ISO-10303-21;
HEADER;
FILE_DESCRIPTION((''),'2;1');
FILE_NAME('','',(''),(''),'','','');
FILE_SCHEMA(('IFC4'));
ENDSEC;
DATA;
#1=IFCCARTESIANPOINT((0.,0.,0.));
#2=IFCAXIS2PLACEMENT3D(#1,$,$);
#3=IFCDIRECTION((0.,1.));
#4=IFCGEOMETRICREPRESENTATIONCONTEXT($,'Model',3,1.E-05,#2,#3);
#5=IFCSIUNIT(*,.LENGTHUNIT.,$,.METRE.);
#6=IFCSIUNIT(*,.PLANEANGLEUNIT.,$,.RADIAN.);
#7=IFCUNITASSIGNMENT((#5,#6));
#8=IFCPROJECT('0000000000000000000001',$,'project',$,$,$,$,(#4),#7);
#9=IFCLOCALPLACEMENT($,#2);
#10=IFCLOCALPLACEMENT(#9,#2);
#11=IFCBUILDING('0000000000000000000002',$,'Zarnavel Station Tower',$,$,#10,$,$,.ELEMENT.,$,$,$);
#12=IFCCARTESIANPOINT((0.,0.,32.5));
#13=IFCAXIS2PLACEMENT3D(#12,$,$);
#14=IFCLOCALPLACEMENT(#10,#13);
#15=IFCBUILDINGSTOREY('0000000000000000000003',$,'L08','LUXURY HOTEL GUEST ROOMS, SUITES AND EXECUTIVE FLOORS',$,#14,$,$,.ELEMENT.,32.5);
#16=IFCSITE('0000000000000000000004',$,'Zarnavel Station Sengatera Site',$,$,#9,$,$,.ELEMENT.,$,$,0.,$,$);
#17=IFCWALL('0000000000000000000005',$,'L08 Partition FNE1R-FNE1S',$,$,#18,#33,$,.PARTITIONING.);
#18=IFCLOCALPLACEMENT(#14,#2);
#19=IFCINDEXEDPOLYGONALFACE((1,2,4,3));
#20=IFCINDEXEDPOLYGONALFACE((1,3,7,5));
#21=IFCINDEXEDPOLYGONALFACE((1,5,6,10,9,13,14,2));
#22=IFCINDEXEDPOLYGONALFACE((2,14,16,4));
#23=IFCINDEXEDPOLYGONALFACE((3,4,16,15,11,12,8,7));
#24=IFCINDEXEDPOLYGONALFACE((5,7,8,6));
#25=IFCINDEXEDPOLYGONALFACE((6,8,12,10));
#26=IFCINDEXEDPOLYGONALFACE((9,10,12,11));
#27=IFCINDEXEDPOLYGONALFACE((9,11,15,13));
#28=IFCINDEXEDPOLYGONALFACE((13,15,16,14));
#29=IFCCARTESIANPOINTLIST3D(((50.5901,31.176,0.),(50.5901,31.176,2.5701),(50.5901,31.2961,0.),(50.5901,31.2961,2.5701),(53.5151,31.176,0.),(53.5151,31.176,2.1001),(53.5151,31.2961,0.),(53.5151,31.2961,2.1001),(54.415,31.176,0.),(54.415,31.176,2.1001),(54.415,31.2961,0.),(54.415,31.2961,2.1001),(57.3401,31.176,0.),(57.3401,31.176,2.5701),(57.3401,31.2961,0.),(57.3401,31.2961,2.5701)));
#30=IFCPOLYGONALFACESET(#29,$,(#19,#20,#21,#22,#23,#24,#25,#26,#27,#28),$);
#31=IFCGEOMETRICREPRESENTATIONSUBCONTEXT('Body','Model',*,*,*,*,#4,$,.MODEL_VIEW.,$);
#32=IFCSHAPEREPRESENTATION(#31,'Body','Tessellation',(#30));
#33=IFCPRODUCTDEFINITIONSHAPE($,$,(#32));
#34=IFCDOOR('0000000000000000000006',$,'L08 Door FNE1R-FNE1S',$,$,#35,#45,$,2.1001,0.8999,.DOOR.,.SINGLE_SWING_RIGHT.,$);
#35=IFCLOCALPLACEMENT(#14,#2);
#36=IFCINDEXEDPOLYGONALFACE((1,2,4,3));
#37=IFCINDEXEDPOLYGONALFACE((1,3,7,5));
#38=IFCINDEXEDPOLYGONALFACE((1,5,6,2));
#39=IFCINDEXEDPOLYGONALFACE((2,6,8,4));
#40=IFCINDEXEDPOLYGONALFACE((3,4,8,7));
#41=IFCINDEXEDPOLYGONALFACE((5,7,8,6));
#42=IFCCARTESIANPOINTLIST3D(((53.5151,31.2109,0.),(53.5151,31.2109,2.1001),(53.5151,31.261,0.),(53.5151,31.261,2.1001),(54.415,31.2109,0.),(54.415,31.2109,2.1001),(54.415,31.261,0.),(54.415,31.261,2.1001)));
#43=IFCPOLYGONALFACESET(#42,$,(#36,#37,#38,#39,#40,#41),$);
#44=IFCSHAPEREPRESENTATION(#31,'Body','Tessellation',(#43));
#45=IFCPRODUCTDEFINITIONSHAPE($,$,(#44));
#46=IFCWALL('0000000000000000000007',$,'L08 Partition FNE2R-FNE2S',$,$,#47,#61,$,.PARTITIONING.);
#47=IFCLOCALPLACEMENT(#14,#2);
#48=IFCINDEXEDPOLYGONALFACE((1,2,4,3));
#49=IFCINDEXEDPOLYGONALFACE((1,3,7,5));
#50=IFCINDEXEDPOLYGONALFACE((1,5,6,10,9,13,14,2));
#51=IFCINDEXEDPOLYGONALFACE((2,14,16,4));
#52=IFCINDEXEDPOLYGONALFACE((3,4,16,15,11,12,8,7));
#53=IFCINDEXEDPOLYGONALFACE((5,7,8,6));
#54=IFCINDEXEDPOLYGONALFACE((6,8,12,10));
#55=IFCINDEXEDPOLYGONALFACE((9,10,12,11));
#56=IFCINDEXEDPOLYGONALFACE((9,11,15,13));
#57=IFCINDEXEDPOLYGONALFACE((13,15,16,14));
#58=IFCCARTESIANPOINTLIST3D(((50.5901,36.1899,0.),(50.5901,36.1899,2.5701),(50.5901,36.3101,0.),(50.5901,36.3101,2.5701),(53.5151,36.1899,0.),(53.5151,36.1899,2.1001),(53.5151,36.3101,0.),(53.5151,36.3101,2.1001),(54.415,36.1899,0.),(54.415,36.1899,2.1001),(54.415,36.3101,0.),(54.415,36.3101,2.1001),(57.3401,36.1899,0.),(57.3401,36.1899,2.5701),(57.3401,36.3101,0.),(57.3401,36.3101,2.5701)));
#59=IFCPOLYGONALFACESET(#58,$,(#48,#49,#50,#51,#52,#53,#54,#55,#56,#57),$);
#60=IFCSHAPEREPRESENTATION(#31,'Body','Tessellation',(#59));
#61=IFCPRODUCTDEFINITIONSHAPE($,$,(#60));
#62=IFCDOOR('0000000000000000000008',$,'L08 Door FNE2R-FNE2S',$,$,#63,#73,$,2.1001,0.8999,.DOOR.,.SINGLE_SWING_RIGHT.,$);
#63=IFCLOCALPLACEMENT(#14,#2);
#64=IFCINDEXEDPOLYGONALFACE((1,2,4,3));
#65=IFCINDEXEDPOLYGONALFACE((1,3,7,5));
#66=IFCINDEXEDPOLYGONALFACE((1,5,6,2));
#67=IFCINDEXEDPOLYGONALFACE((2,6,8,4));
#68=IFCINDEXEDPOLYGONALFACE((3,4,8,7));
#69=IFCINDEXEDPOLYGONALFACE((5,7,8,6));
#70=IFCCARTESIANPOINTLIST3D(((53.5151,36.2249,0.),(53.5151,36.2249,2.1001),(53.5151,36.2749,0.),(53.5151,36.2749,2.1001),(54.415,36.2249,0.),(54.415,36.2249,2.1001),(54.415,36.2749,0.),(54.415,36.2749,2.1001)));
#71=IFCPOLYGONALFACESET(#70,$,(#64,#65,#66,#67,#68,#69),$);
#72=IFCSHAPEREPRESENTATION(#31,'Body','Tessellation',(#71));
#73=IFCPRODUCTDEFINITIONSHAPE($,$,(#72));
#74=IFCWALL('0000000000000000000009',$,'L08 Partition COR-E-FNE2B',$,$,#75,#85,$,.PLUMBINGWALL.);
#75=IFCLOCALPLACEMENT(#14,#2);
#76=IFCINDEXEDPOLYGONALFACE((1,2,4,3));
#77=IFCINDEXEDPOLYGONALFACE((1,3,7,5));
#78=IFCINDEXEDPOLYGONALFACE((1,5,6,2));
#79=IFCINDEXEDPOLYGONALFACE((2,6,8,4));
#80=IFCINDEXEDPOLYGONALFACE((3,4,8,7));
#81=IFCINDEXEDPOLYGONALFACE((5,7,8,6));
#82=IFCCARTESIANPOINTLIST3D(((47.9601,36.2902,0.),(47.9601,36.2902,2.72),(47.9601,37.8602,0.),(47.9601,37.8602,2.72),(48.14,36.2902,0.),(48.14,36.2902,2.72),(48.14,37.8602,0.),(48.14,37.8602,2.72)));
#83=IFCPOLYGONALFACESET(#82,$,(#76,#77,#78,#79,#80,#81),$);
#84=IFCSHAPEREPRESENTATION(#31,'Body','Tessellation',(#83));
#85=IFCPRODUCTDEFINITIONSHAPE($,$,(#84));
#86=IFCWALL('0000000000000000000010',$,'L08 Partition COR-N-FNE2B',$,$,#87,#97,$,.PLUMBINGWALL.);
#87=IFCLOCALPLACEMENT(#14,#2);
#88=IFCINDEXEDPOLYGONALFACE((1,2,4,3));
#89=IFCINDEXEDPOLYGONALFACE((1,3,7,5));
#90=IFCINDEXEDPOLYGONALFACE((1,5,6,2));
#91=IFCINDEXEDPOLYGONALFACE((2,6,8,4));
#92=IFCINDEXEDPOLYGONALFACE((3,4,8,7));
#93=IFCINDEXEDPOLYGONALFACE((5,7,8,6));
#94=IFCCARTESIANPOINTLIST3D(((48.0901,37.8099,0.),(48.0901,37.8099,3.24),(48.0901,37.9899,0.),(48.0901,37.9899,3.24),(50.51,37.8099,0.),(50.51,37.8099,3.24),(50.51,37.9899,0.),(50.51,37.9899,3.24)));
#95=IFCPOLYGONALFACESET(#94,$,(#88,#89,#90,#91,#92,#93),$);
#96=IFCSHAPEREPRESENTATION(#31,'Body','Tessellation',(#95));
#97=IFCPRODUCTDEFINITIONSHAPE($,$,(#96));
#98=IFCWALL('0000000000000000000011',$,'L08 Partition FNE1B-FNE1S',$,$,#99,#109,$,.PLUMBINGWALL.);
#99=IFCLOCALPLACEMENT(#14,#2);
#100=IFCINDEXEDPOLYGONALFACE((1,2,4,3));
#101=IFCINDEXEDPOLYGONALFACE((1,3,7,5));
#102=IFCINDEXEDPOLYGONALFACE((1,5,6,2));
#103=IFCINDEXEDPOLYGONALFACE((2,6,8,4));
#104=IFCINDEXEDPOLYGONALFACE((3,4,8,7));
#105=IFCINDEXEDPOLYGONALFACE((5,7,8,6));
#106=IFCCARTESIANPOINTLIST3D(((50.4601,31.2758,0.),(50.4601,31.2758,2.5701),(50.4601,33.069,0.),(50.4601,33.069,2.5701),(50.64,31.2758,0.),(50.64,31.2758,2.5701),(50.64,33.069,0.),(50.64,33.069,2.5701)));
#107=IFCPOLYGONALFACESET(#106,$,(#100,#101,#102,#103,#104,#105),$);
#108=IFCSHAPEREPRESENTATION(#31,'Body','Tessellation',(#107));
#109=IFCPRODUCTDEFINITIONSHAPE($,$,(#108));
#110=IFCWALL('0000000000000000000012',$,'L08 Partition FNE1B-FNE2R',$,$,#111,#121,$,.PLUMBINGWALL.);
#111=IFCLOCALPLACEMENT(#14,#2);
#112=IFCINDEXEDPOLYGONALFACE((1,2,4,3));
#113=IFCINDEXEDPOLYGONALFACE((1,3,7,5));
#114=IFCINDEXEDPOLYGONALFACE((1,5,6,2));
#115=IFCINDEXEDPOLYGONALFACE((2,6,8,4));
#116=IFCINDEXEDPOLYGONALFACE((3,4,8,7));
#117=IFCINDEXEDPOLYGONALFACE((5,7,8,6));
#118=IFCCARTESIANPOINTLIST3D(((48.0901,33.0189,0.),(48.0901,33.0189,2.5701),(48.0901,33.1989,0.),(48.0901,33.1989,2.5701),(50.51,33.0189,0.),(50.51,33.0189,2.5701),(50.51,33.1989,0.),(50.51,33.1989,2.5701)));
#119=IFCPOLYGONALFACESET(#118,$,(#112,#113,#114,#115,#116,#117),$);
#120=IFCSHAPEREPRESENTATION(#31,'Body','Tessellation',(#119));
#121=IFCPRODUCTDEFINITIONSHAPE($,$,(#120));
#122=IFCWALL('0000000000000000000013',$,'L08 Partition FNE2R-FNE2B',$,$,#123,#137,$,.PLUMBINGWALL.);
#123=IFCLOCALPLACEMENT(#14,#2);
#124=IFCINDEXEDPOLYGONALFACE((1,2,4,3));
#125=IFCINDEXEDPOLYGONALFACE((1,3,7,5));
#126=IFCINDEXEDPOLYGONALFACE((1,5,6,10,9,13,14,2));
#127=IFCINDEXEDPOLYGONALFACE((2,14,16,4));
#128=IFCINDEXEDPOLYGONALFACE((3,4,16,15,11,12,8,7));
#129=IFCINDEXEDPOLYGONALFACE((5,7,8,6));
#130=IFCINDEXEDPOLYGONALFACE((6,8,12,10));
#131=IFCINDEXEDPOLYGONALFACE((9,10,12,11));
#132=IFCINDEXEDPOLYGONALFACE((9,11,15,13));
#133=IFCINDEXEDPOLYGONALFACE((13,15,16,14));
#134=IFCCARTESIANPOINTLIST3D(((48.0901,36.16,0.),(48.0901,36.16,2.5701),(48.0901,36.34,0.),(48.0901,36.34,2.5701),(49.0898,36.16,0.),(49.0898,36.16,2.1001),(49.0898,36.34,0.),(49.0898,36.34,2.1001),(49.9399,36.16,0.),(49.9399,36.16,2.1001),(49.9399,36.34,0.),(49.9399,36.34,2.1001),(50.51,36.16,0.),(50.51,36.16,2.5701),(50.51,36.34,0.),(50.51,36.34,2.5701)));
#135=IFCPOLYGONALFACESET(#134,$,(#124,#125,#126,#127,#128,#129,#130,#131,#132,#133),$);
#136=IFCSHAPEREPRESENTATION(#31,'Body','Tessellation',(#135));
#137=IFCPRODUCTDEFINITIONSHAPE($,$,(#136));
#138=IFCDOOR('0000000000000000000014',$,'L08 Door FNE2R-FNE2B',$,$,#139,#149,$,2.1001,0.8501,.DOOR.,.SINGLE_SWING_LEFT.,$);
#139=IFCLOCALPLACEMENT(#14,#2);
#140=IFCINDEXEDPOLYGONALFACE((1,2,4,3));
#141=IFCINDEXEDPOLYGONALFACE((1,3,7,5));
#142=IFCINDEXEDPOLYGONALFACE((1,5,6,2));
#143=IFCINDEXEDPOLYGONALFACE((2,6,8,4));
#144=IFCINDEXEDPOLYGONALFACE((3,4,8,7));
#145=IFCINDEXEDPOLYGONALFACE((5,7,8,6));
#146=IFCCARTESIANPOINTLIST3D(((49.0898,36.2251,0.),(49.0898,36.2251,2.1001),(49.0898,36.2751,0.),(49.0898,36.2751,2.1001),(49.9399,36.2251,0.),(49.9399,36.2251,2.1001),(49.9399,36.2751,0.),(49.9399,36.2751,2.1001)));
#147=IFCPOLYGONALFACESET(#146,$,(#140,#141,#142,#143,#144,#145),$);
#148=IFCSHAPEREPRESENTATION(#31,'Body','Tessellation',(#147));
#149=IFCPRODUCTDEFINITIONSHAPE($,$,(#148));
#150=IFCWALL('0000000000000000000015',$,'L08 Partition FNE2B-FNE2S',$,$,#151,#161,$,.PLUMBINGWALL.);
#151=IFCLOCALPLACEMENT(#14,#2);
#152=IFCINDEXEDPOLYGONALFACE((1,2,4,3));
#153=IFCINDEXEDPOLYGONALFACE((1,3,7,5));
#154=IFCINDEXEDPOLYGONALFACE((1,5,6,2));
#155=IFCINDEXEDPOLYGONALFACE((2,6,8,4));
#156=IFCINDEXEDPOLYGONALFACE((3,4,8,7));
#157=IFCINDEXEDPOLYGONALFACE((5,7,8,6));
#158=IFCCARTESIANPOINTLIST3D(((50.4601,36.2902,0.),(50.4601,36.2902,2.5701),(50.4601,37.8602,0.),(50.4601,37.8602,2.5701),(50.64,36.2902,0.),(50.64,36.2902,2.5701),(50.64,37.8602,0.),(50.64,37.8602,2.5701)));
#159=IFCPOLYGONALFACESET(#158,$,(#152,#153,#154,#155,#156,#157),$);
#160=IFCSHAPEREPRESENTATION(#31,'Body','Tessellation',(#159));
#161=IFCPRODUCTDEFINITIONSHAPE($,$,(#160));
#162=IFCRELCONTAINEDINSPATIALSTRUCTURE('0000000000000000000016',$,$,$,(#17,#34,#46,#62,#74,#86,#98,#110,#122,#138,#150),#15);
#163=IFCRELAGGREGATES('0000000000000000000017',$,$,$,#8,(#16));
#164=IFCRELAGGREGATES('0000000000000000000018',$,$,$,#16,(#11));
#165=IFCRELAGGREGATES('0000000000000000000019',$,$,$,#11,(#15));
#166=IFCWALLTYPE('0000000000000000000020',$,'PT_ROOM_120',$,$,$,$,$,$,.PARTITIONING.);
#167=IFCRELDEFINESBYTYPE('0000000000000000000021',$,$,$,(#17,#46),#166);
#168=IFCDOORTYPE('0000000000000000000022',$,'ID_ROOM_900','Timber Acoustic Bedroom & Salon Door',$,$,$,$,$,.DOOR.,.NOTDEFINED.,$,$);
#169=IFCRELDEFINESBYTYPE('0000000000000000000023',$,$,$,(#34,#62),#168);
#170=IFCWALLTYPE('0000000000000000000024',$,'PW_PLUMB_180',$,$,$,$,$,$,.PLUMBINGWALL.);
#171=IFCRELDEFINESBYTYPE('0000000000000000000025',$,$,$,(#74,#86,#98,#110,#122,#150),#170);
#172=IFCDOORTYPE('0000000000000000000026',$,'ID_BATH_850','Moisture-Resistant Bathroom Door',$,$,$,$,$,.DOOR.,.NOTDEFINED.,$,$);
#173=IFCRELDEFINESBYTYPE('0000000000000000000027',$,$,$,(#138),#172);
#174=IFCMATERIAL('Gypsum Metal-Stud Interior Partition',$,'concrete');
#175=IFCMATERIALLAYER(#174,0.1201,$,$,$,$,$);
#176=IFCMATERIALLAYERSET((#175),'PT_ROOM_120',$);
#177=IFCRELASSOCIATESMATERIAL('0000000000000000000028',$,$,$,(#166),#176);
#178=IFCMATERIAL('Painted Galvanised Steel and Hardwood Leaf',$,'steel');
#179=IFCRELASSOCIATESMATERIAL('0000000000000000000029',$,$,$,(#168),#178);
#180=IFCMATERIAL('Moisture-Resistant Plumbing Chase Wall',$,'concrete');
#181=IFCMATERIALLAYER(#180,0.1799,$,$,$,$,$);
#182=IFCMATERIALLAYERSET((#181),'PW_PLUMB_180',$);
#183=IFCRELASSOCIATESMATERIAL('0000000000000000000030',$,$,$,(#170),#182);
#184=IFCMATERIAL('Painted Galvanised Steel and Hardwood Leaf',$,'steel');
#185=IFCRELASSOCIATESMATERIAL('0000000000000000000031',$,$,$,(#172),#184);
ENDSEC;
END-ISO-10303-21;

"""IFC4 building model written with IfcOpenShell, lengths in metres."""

from ifc_helpers import new_model, si_unit, direction, frame, frame_2d, origin, place, context, subcontext, project, spatial, rectangle, extrude, material, layer, layer_set, type_object, element, fill, save


model = new_model("IFC4")

# Units and contexts
model_context = context("Model", 3, precision=1e-05, world=origin(), true_north=direction((0.0, 1.0)))
body_context = subcontext(model_context, "Body", "Model", "MODEL_VIEW")
ifc_project = project(units=[si_unit("LENGTHUNIT", "METRE"), si_unit("PLANEANGLEUNIT", "RADIAN")], contexts=[model_context])

# Site, building, storey
site_placement = place(None, origin())
site = spatial("IfcSite", under=ifc_project, at=site_placement, Name="Zarnavel Station Sengatera Site", CompositionType="ELEMENT", RefElevation=0.0)
building_placement = place(site_placement, origin())
building = spatial("IfcBuilding", under=site, at=building_placement, Name="Zarnavel Station Tower", CompositionType="ELEMENT")
storey_placement = place(building_placement, frame((0.0, 0.0, 32.5)))
storey = spatial("IfcBuildingStorey", under=building, at=storey_placement, Name="L08", Description="LUXURY HOTEL GUEST ROOMS, SUITES AND EXECUTIVE FLOORS", CompositionType="ELEMENT", Elevation=32.5)

# Walls, openings, doors
ifc_material_1 = material(Name="Gypsum Metal-Stud Interior Partition", Category="concrete")
ifc_layer_1 = layer(ifc_material_1, 0.1201)
ifc_layer_set_1 = layer_set([ifc_layer_1], Name="PT_ROOM_120")
wall_type_1 = type_object("IfcWallType", Name="PT_ROOM_120", PredefinedType="PARTITIONING", material=ifc_layer_set_1)
wall_1_placement = place(storey_placement, frame((50.5901, 31.2361, 0.0), z_axis=(0.0, 0.0, 1.0), x_axis=(1.0, 0.0, 0.0)))
wall_1 = element("IfcWall", 1, at=wall_1_placement, inside=storey, type_object=wall_type_1, Name="L08 Partition FNE1R-FNE1S", PredefinedType="PARTITIONING", context=body_context, shape_type="SweptSolid", body=[
    extrude(rectangle(XDim=6.75, YDim=0.1201, at=frame_2d((3.375, 0.0))), origin(), (0.0, 0.0, 1.0), 2.5701),
])
opening_1_placement = place(wall_1_placement, frame((2.925, 0.0, 0.0)))
opening_1 = element("IfcOpeningElement", 2, at=opening_1_placement, cuts=wall_1, PredefinedType="OPENING", context=body_context, shape_type="SweptSolid", body=[
    extrude(rectangle(XDim=0.8999, YDim=2.1001, at=frame_2d((0.45, 1.05))), frame((0.0, 0.0701, 0.0), z_axis=(0.0, -1.0, 0.0), x_axis=(1.0, 0.0, 0.0)), (0.0, 0.0, 1.0), 0.1401),
])
ifc_material_2 = material(Name="Painted Galvanised Steel and Hardwood Leaf", Category="steel")
door_type_1 = type_object("IfcDoorType", Name="ID_ROOM_900", Description="Timber Acoustic Bedroom & Salon Door", OperationType="NOTDEFINED", PredefinedType="DOOR", material=ifc_material_2)
door_1_placement = place(opening_1_placement, origin())
door_1 = element("IfcDoor", 3, at=door_1_placement, inside=storey, type_object=door_type_1, Name="L08 Door FNE1R-FNE1S", OperationType="SINGLE_SWING_RIGHT", OverallHeight=2.1001, OverallWidth=0.8999, PredefinedType="DOOR", context=body_context, shape_type="SweptSolid", body=[
    extrude(rectangle(XDim=0.8999, YDim=2.1001, at=frame_2d((0.45, 1.05))), frame((0.0, 0.0249, 0.0), z_axis=(0.0, -1.0, 0.0), x_axis=(1.0, 0.0, 0.0)), (0.0, 0.0, 1.0), 0.05),
])
fill(opening_1, door_1)
wall_2_placement = place(storey_placement, frame((50.5901, 36.25, 0.0), z_axis=(0.0, 0.0, 1.0), x_axis=(1.0, 0.0, 0.0)))
wall_2 = element("IfcWall", 4, at=wall_2_placement, inside=storey, type_object=wall_type_1, Name="L08 Partition FNE2R-FNE2S", PredefinedType="PARTITIONING", context=body_context, shape_type="SweptSolid", body=[
    extrude(rectangle(XDim=6.75, YDim=0.1201, at=frame_2d((3.375, 0.0))), origin(), (0.0, 0.0, 1.0), 2.5701),
])
opening_2_placement = place(wall_2_placement, frame((2.925, 0.0, 0.0)))
opening_2 = element("IfcOpeningElement", 5, at=opening_2_placement, cuts=wall_2, PredefinedType="OPENING", context=body_context, shape_type="SweptSolid", body=[
    extrude(rectangle(XDim=0.8999, YDim=2.1001, at=frame_2d((0.45, 1.05))), frame((0.0, 0.0701, 0.0), z_axis=(0.0, -1.0, 0.0), x_axis=(1.0, 0.0, 0.0)), (0.0, 0.0, 1.0), 0.1401),
])
door_2_placement = place(opening_2_placement, origin())
door_2 = element("IfcDoor", 6, at=door_2_placement, inside=storey, type_object=door_type_1, Name="L08 Door FNE2R-FNE2S", OperationType="SINGLE_SWING_RIGHT", OverallHeight=2.1001, OverallWidth=0.8999, PredefinedType="DOOR", context=body_context, shape_type="SweptSolid", body=[
    extrude(rectangle(XDim=0.8999, YDim=2.1001, at=frame_2d((0.45, 1.05))), frame((0.0, 0.0249, 0.0), z_axis=(0.0, -1.0, 0.0), x_axis=(1.0, 0.0, 0.0)), (0.0, 0.0, 1.0), 0.05),
])
fill(opening_2, door_2)

# Walls
ifc_material_3 = material(Name="Moisture-Resistant Plumbing Chase Wall", Category="concrete")
ifc_layer_2 = layer(ifc_material_3, 0.1799)
ifc_layer_set_2 = layer_set([ifc_layer_2], Name="PW_PLUMB_180")
wall_type_2 = type_object("IfcWallType", Name="PW_PLUMB_180", PredefinedType="PLUMBINGWALL", material=ifc_layer_set_2)
wall_3_placement = place(storey_placement, frame((48.05, 36.29, 0.0), z_axis=(0.0, 0.0, 1.0), x_axis=(0.0, 1.0, 0.0)))
element("IfcWall", 7, at=wall_3_placement, inside=storey, type_object=wall_type_2, Name="L08 Partition COR-E-FNE2B", PredefinedType="PLUMBINGWALL", context=body_context, shape_type="SweptSolid", body=[
    extrude(rectangle(XDim=1.5701, YDim=0.1799, at=frame_2d((0.7852, 0.0))), origin(), (0.0, 0.0, 1.0), 2.72),
])
wall_4_placement = place(storey_placement, frame((48.0901, 37.8999, 0.0), z_axis=(0.0, 0.0, 1.0), x_axis=(1.0, 0.0, 0.0)))
element("IfcWall", 8, at=wall_4_placement, inside=storey, type_object=wall_type_2, Name="L08 Partition COR-N-FNE2B", PredefinedType="PLUMBINGWALL", context=body_context, shape_type="SweptSolid", body=[
    extrude(rectangle(XDim=2.4199, YDim=0.1799, at=frame_2d((1.21, 0.0))), origin(), (0.0, 0.0, 1.0), 3.24),
])
wall_5_placement = place(storey_placement, frame((50.55, 31.2759, 0.0), z_axis=(0.0, 0.0, 1.0), x_axis=(0.0, 1.0, 0.0)))
element("IfcWall", 9, at=wall_5_placement, inside=storey, type_object=wall_type_2, Name="L08 Partition FNE1B-FNE1S", PredefinedType="PLUMBINGWALL", context=body_context, shape_type="SweptSolid", body=[
    extrude(rectangle(XDim=1.7932, YDim=0.1799, at=frame_2d((0.8965, 0.0))), origin(), (0.0, 0.0, 1.0), 2.5701),
])
wall_6_placement = place(storey_placement, frame((48.0901, 33.1089, 0.0), z_axis=(0.0, 0.0, 1.0), x_axis=(1.0, 0.0, 0.0)))
element("IfcWall", 10, at=wall_6_placement, inside=storey, type_object=wall_type_2, Name="L08 Partition FNE1B-FNE2R", PredefinedType="PLUMBINGWALL", context=body_context, shape_type="SweptSolid", body=[
    extrude(rectangle(XDim=2.4199, YDim=0.1799, at=frame_2d((1.21, 0.0))), origin(), (0.0, 0.0, 1.0), 2.5701),
])

# Wall, opening, door
wall_7_placement = place(storey_placement, frame((50.51, 36.25, 0.0), z_axis=(0.0, 0.0, 1.0), x_axis=(-1.0, 0.0, 0.0)))
wall_7 = element("IfcWall", 11, at=wall_7_placement, inside=storey, type_object=wall_type_2, Name="L08 Partition FNE2R-FNE2B", PredefinedType="PLUMBINGWALL", context=body_context, shape_type="SweptSolid", body=[
    extrude(rectangle(XDim=2.4199, YDim=0.1799, at=frame_2d((1.21, 0.0))), origin(), (0.0, 0.0, 1.0), 2.5701),
])
opening_3_placement = place(wall_7_placement, frame((0.5701, 0.0, 0.0)))
opening_3 = element("IfcOpeningElement", 12, at=opening_3_placement, cuts=wall_7, PredefinedType="OPENING", context=body_context, shape_type="SweptSolid", body=[
    extrude(rectangle(XDim=0.8501, YDim=2.1001, at=frame_2d((0.425, 1.05))), frame((0.0, 0.0999, 0.0), z_axis=(0.0, -1.0, 0.0), x_axis=(1.0, 0.0, 0.0)), (0.0, 0.0, 1.0), 0.2),
])
ifc_material_4 = material(Name="Painted Galvanised Steel and Hardwood Leaf", Category="steel")
door_type_2 = type_object("IfcDoorType", Name="ID_BATH_850", Description="Moisture-Resistant Bathroom Door", OperationType="NOTDEFINED", PredefinedType="DOOR", material=ifc_material_4)
door_3_placement = place(opening_3_placement, origin())
door_3 = element("IfcDoor", 13, at=door_3_placement, inside=storey, type_object=door_type_2, Name="L08 Door FNE2R-FNE2B", OperationType="SINGLE_SWING_LEFT", OverallHeight=2.1001, OverallWidth=0.8501, PredefinedType="DOOR", context=body_context, shape_type="SweptSolid", body=[
    extrude(rectangle(XDim=0.8501, YDim=2.1001, at=frame_2d((0.425, 1.05))), frame((0.0, 0.0249, 0.0), z_axis=(0.0, -1.0, 0.0), x_axis=(1.0, 0.0, 0.0)), (0.0, 0.0, 1.0), 0.05),
])
fill(opening_3, door_3)

# Wall
wall_8_placement = place(storey_placement, frame((50.55, 36.29, 0.0), z_axis=(0.0, 0.0, 1.0), x_axis=(0.0, 1.0, 0.0)))
element("IfcWall", 14, at=wall_8_placement, inside=storey, type_object=wall_type_2, Name="L08 Partition FNE2B-FNE2S", PredefinedType="PLUMBINGWALL", context=body_context, shape_type="SweptSolid", body=[
    extrude(rectangle(XDim=1.5701, YDim=0.1799, at=frame_2d((0.7852, 0.0))), origin(), (0.0, 0.0, 1.0), 2.5701),
])

save(model, "model.ifc")
